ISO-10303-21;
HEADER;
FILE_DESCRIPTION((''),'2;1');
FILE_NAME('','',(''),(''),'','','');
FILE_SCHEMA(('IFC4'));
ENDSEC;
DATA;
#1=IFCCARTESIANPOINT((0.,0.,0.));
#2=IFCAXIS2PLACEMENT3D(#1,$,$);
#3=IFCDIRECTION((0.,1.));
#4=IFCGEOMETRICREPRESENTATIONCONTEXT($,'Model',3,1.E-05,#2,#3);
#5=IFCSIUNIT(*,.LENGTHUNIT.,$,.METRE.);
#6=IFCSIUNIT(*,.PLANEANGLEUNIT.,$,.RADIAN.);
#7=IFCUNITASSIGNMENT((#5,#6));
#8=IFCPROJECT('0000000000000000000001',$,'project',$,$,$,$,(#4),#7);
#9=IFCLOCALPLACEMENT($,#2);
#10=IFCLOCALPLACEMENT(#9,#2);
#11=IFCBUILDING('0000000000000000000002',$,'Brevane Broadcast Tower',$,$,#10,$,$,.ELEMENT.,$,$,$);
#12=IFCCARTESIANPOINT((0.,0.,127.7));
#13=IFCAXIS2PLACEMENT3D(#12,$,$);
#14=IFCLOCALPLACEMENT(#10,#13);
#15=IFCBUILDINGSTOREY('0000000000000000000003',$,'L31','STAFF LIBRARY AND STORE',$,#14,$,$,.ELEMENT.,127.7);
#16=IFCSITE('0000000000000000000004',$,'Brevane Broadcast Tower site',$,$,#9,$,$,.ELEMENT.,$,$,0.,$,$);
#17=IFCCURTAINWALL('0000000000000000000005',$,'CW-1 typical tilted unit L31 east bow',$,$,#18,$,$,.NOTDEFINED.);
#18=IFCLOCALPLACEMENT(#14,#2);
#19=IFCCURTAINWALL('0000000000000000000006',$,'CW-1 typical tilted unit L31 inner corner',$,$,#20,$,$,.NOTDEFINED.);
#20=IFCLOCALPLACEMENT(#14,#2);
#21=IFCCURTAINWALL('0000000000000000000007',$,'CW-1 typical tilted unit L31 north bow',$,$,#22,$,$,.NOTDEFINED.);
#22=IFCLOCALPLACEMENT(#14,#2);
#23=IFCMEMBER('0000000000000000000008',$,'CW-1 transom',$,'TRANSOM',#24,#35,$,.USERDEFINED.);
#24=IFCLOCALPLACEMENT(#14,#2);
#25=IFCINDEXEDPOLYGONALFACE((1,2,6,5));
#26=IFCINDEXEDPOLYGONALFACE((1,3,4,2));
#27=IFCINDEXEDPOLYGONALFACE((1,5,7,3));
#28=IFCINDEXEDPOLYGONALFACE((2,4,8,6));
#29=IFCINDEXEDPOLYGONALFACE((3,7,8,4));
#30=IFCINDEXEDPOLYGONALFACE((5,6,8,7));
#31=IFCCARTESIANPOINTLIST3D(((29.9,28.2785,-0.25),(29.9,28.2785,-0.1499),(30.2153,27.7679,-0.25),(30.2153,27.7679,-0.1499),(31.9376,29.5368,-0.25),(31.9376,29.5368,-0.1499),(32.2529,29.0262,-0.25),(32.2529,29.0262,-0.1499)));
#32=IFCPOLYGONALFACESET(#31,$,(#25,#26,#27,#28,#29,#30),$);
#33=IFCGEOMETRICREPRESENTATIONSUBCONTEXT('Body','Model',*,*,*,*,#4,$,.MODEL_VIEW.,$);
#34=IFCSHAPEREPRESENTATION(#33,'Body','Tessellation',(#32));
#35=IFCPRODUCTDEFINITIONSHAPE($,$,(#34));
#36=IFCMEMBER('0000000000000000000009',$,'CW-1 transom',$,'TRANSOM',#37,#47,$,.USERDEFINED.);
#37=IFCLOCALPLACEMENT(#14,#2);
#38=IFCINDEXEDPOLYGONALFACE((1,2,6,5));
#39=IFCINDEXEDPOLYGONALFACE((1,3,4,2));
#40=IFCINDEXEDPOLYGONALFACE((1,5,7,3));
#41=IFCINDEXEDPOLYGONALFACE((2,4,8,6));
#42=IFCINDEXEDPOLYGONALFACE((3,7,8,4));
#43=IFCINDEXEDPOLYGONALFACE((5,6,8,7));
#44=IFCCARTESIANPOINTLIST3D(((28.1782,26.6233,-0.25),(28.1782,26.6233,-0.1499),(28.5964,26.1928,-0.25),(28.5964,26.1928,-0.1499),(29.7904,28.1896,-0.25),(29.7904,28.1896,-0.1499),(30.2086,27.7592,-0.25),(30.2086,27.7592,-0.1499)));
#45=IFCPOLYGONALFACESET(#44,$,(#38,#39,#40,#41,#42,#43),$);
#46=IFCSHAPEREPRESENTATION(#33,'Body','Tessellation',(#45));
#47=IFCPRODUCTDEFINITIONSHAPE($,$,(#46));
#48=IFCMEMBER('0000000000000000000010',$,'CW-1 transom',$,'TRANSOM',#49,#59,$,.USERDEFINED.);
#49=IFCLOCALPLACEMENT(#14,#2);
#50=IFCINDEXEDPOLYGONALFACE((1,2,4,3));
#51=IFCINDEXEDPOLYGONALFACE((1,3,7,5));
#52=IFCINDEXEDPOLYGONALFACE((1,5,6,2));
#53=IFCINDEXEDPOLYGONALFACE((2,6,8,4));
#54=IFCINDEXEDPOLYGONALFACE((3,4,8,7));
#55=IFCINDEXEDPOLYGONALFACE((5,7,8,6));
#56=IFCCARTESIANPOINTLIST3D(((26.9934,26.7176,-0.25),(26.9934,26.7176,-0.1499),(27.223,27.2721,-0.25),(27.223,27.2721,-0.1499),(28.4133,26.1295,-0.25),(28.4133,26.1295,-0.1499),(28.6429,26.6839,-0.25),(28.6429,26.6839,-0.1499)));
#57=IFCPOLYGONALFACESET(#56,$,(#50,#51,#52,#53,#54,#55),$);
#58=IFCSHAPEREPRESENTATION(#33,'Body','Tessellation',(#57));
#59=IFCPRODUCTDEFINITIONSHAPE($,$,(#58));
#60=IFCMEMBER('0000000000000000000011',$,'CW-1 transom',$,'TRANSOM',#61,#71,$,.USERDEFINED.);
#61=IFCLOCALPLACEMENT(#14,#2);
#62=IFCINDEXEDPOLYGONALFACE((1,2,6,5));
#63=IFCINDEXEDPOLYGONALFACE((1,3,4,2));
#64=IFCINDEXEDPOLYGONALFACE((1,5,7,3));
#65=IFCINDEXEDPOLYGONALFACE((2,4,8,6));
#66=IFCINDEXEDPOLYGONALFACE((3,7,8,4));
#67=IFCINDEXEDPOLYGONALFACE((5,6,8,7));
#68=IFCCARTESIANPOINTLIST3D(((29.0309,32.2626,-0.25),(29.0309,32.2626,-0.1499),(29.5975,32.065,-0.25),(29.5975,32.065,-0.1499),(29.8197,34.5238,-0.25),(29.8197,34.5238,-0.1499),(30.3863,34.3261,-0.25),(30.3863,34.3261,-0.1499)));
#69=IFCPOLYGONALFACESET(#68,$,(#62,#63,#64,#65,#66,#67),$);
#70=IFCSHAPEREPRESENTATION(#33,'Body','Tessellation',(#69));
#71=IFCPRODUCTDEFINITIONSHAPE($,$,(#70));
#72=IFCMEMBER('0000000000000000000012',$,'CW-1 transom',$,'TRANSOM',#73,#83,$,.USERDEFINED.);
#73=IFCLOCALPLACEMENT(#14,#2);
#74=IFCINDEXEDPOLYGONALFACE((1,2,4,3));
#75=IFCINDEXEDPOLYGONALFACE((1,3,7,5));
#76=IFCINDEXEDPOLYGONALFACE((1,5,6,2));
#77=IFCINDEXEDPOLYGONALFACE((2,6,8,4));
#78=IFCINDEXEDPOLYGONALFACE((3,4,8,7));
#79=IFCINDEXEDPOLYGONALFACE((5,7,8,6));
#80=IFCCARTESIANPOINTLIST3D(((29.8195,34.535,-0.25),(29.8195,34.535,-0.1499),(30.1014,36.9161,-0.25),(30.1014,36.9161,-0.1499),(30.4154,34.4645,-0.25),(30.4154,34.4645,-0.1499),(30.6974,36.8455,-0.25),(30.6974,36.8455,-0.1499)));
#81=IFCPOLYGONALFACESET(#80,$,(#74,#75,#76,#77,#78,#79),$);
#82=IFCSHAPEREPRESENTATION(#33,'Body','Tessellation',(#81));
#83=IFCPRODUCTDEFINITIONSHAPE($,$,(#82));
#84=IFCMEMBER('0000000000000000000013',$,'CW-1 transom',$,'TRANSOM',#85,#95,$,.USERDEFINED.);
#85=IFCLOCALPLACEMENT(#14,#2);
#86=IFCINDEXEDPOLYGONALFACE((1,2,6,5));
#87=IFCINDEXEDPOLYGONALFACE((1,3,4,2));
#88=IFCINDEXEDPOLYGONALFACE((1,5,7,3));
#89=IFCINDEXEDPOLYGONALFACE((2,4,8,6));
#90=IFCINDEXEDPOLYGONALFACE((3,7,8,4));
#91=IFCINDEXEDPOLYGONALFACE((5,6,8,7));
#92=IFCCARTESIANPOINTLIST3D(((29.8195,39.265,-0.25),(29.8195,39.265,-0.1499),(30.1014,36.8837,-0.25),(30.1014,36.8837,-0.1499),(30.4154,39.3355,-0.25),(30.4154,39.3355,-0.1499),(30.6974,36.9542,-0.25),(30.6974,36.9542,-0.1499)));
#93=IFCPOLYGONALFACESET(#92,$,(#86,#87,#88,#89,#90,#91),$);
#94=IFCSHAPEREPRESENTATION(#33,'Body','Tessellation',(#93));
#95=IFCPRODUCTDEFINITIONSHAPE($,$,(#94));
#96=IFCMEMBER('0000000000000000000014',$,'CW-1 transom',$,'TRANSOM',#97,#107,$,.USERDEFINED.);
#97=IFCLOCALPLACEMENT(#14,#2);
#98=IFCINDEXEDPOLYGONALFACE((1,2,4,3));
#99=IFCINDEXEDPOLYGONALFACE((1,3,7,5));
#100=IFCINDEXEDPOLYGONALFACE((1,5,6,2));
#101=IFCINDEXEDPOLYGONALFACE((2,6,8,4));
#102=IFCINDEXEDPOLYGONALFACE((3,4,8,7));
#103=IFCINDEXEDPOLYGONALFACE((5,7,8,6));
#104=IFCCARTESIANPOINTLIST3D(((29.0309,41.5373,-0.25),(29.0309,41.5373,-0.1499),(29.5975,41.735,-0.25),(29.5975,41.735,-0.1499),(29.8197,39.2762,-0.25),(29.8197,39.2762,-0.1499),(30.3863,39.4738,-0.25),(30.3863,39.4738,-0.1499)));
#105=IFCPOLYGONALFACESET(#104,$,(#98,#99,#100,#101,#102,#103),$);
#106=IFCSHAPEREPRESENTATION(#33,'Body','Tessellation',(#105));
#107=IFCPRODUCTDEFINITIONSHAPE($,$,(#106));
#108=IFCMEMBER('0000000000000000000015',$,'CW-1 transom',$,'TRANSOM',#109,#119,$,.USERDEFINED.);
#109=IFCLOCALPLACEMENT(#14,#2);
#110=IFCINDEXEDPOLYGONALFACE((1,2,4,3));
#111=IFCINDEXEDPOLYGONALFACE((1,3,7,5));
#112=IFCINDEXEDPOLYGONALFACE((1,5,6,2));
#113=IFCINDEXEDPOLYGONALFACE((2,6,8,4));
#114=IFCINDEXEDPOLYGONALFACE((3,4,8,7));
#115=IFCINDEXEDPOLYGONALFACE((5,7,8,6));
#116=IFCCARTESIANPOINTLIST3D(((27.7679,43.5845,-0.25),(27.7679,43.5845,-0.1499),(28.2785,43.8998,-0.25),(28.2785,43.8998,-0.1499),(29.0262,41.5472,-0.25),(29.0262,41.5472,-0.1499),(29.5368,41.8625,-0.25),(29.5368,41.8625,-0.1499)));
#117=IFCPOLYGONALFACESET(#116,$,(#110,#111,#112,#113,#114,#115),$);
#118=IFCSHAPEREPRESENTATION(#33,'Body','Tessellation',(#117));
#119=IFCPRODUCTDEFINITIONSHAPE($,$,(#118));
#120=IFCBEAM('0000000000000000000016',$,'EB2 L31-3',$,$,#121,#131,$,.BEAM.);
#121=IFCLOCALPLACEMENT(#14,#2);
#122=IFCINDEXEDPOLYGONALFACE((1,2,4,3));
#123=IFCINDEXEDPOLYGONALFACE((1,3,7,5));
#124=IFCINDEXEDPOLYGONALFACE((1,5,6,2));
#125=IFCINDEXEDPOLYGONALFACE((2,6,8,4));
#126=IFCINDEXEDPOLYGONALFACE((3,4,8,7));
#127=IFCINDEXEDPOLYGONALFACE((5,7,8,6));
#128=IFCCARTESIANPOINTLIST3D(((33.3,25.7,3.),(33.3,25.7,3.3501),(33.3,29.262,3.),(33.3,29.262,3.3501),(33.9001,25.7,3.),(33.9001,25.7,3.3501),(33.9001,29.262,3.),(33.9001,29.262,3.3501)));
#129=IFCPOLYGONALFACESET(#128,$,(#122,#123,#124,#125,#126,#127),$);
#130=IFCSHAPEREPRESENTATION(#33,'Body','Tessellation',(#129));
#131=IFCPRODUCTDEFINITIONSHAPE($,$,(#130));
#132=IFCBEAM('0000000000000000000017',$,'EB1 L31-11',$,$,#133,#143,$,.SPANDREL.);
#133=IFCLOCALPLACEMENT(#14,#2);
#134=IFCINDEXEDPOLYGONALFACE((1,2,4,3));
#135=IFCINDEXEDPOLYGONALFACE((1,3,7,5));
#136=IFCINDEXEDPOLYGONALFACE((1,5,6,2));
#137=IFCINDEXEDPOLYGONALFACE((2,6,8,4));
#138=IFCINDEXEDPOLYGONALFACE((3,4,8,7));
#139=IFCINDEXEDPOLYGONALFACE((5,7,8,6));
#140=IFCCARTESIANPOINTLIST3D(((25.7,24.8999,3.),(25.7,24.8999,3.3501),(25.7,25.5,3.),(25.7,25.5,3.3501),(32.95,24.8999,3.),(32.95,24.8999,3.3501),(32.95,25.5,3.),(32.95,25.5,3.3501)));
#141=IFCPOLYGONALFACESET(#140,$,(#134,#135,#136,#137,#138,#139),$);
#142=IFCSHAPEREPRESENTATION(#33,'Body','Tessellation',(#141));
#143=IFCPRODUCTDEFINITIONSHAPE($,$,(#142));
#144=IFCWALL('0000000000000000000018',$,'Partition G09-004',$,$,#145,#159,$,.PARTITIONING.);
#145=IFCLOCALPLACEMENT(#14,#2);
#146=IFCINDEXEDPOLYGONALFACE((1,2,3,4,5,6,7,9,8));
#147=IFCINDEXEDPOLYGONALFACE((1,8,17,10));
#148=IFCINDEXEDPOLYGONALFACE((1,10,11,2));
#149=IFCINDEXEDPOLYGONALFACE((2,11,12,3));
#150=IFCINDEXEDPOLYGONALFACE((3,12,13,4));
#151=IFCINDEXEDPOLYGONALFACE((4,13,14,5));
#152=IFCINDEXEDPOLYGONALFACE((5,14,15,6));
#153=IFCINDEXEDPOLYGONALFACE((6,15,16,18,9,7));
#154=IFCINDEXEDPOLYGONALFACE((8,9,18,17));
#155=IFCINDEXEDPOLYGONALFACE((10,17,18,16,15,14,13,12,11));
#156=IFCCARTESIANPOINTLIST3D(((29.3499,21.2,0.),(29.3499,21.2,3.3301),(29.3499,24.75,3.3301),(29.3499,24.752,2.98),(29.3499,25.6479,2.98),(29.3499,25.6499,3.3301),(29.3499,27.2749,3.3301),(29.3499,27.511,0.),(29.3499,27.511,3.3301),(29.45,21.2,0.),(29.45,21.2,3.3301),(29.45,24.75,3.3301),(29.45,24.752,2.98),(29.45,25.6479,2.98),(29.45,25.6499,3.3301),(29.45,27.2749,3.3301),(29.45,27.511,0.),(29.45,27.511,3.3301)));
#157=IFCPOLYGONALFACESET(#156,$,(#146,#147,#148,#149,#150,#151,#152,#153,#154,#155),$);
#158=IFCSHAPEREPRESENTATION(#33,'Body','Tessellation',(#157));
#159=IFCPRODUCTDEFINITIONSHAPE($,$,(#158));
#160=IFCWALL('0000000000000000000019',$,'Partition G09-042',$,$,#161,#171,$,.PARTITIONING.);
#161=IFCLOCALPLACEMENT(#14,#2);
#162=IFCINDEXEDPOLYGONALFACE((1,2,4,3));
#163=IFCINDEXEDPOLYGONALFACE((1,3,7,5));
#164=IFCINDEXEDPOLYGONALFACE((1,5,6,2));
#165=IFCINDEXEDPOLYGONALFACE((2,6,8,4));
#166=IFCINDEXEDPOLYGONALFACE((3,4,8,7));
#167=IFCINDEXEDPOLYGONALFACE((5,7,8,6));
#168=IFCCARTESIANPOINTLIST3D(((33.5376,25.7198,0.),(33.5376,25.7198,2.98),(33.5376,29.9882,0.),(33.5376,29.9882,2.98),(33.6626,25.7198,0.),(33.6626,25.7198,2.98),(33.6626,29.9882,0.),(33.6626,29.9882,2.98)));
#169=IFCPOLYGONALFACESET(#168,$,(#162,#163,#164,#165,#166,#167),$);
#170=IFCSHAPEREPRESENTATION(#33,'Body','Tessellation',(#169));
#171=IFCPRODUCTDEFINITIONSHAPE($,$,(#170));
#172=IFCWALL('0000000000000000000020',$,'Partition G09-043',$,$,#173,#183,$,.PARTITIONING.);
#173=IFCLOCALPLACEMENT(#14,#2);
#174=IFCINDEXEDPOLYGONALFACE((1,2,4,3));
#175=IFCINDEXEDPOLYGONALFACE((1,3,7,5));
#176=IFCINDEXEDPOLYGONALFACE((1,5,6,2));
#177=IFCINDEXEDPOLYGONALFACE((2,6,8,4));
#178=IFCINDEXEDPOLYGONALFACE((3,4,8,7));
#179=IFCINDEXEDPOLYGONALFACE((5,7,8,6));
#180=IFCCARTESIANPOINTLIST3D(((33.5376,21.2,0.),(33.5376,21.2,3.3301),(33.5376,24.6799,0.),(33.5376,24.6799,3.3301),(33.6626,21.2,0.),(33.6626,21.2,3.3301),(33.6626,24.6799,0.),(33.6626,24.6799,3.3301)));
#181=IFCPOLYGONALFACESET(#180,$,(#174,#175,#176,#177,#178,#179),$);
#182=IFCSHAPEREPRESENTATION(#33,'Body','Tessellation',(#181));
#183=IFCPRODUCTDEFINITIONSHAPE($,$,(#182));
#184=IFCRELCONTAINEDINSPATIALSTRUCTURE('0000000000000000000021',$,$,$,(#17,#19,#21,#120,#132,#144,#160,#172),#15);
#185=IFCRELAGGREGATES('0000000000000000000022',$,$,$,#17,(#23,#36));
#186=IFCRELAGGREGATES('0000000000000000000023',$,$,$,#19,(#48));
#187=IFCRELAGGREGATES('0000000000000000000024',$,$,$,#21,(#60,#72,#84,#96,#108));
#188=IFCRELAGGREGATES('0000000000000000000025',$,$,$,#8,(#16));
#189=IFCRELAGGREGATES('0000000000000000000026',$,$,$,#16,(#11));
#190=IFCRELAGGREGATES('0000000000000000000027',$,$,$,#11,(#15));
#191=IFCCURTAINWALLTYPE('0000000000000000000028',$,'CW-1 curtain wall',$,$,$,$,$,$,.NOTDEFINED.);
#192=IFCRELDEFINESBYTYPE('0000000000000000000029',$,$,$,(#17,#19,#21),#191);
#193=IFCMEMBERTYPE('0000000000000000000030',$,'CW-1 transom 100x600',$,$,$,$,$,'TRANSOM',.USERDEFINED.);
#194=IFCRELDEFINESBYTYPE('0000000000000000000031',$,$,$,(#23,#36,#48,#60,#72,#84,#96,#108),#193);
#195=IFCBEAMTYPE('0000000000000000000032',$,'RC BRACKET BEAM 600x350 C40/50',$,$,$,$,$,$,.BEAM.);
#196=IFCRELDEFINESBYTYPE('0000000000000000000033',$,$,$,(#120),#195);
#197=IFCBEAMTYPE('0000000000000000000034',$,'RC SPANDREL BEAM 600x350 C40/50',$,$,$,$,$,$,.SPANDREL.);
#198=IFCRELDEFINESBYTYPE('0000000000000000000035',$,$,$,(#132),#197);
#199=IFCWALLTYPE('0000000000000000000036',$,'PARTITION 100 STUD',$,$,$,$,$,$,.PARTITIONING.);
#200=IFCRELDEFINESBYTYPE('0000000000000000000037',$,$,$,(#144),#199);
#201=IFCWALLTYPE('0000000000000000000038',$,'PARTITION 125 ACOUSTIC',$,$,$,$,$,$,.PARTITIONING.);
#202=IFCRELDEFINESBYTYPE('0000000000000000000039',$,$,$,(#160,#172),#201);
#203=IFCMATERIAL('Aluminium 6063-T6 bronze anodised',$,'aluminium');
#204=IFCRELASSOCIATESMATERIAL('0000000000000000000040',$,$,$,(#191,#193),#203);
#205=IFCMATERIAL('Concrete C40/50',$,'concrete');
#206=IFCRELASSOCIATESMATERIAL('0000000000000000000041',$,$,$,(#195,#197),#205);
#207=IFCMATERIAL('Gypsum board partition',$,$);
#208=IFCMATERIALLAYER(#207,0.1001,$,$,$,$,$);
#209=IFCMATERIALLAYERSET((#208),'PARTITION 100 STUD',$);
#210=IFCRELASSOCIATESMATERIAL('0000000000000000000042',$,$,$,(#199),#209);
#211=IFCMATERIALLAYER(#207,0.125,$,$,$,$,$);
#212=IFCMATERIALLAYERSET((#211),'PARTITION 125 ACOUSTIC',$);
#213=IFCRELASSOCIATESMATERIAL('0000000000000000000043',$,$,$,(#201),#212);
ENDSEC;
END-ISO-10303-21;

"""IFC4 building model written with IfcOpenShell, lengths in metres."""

from ifc_helpers import new_model, si_unit, direction, frame, frame_2d, origin, origin_2d, place, context, subcontext, project, spatial, polyline, rectangle, outline, extrude, material, layer, layer_set, material_profile, profile_set, type_object, element, aggregate, save


model = new_model("IFC4")

# Units and contexts
model_context = context("Model", 3, precision=1e-05, world=origin(), true_north=direction((0.0, 1.0)))
body_context = subcontext(model_context, "Body", "Model", "MODEL_VIEW")
ifc_project = project(units=[si_unit("LENGTHUNIT", "METRE"), si_unit("PLANEANGLEUNIT", "RADIAN")], contexts=[model_context])

# Site, building, storey
site_placement = place(None, origin())
site = spatial("IfcSite", under=ifc_project, at=site_placement, Name="Brevane Broadcast Tower site", CompositionType="ELEMENT", RefElevation=0.0)
building_placement = place(site_placement, origin())
building = spatial("IfcBuilding", under=site, at=building_placement, Name="Brevane Broadcast Tower", CompositionType="ELEMENT")
storey_placement = place(building_placement, frame((0.0, 0.0, 127.7)))
storey = spatial("IfcBuildingStorey", under=building, at=storey_placement, Name="L31", Description="STAFF LIBRARY AND STORE", CompositionType="ELEMENT", Elevation=127.7)

# Curtain wall
ifc_material_1 = material(Name="Aluminium 6063-T6 bronze anodised", Category="aluminium")
curtain_wall_type = type_object("IfcCurtainWallType", Name="CW-1 curtain wall", PredefinedType="NOTDEFINED", material=ifc_material_1)
curtain_wall_1_placement = place(storey_placement, origin())
curtain_wall_1 = element("IfcCurtainWall", 1, at=curtain_wall_1_placement, inside=storey, type_object=curtain_wall_type, Name="CW-1 typical tilted unit L31 east bow", PredefinedType="NOTDEFINED")

# Curtain wall
curtain_wall_2_placement = place(storey_placement, origin())
curtain_wall_2 = element("IfcCurtainWall", 2, at=curtain_wall_2_placement, inside=storey, type_object=curtain_wall_type, Name="CW-1 typical tilted unit L31 inner corner", PredefinedType="NOTDEFINED")

# Curtain wall
curtain_wall_3_placement = place(storey_placement, origin())
curtain_wall_3 = element("IfcCurtainWall", 3, at=curtain_wall_3_placement, inside=storey, type_object=curtain_wall_type, Name="CW-1 typical tilted unit L31 north bow", PredefinedType="NOTDEFINED")

# Members
ifc_material_profile_1 = material_profile(ifc_material_1, rectangle(XDim=0.6001, YDim=0.1001, at=origin_2d()), Name="RECT 100x600")
ifc_profile_set_1 = profile_set([ifc_material_profile_1], Name="Aluminium 6063-T6 bronze anodised")
member_type_1 = type_object("IfcMemberType", Name="CW-1 transom 100x600", ElementType="TRANSOM", PredefinedType="USERDEFINED", material=ifc_profile_set_1)
member_1_placement = place(storey_placement, frame((32.0952, 29.2815, -0.2), z_axis=(-0.850838, -0.525428, 0.0), x_axis=(0.525428, -0.850838, 0.0)))
member_1 = element("IfcMember", 4, at=member_1_placement, type_object=member_type_1, Name="CW-1 transom", ObjectType="TRANSOM", PredefinedType="USERDEFINED", context=body_context, shape_type="SweptSolid", body=[
    extrude(rectangle(XDim=0.6001, YDim=0.1001, at=origin_2d()), origin(), (0.0, 0.0, 1.0), 2.3948),
])
member_2_placement = place(storey_placement, frame((29.9995, 27.9744, -0.2), z_axis=(-0.717242, -0.696824, 0.0), x_axis=(0.696824, -0.717242, 0.0)))
member_2 = element("IfcMember", 5, at=member_2_placement, type_object=member_type_1, Name="CW-1 transom", ObjectType="TRANSOM", PredefinedType="USERDEFINED", context=body_context, shape_type="SweptSolid", body=[
    extrude(rectangle(XDim=0.6001, YDim=0.1001, at=origin_2d()), origin(), (0.0, 0.0, 1.0), 2.2478),
])
aggregate(curtain_wall_1, [member_1, member_2])
member_3_placement = place(storey_placement, frame((28.5281, 26.4067, -0.2), z_axis=(-0.923883, 0.382674, 0.0), x_axis=(-0.382674, -0.923883, 0.0)))
member_3 = element("IfcMember", 6, at=member_3_placement, type_object=member_type_1, Name="CW-1 transom", ObjectType="TRANSOM", PredefinedType="USERDEFINED", context=body_context, shape_type="SweptSolid", body=[
    extrude(rectangle(XDim=0.6001, YDim=0.1001, at=origin_2d()), origin(), (0.0, 0.0, 1.0), 1.5369),
])
aggregate(curtain_wall_2, [member_3])
member_4_placement = place(storey_placement, frame((29.3142, 32.1638, -0.2), z_axis=(0.329378, 0.944198, 0.0), x_axis=(-0.944198, 0.329378, 0.0)))
member_4 = element("IfcMember", 7, at=member_4_placement, type_object=member_type_1, Name="CW-1 transom", ObjectType="TRANSOM", PredefinedType="USERDEFINED", context=body_context, shape_type="SweptSolid", body=[
    extrude(rectangle(XDim=0.6001, YDim=0.1001, at=origin_2d()), origin(), (0.0, 0.0, 1.0), 2.3948),
])
member_5_placement = place(storey_placement, frame((30.1174, 34.4998, -0.2), z_axis=(0.117603, 0.993061, 0.0), x_axis=(-0.993061, 0.117603, 0.0)))
member_5 = element("IfcMember", 8, at=member_5_placement, type_object=member_type_1, Name="CW-1 transom", ObjectType="TRANSOM", PredefinedType="USERDEFINED", context=body_context, shape_type="SweptSolid", body=[
    extrude(rectangle(XDim=0.6001, YDim=0.1001, at=origin_2d()), origin(), (0.0, 0.0, 1.0), 2.3977),
])
member_6_placement = place(storey_placement, frame((30.3994, 36.9189, -0.2), z_axis=(-0.117591, 0.993062, 0.0), x_axis=(-0.993062, -0.117591, 0.0)))
member_6 = element("IfcMember", 9, at=member_6_placement, type_object=member_type_1, Name="CW-1 transom", ObjectType="TRANSOM", PredefinedType="USERDEFINED", context=body_context, shape_type="SweptSolid", body=[
    extrude(rectangle(XDim=0.6001, YDim=0.1001, at=origin_2d()), origin(), (0.0, 0.0, 1.0), 2.3979),
])
member_7_placement = place(storey_placement, frame((30.103, 39.375, -0.2), z_axis=(-0.329378, 0.944198, 0.0), x_axis=(-0.944198, -0.329378, 0.0)))
member_7 = element("IfcMember", 10, at=member_7_placement, type_object=member_type_1, Name="CW-1 transom", ObjectType="TRANSOM", PredefinedType="USERDEFINED", context=body_context, shape_type="SweptSolid", body=[
    extrude(rectangle(XDim=0.6001, YDim=0.1001, at=origin_2d()), origin(), (0.0, 0.0, 1.0), 2.3948),
])
member_8_placement = place(storey_placement, frame((29.2815, 41.7048, -0.2), z_axis=(-0.525473, 0.85081, 0.0), x_axis=(-0.85081, -0.525473, 0.0)))
member_8 = element("IfcMember", 11, at=member_8_placement, type_object=member_type_1, Name="CW-1 transom", ObjectType="TRANSOM", PredefinedType="USERDEFINED", context=body_context, shape_type="SweptSolid", body=[
    extrude(rectangle(XDim=0.6001, YDim=0.1001, at=origin_2d()), origin(), (0.0, 0.0, 1.0), 2.3945),
])
aggregate(curtain_wall_3, [member_4, member_5, member_6, member_7, member_8])

# Beams
ifc_material_2 = material(Name="Concrete C40/50", Category="concrete")
ifc_material_profile_2 = material_profile(ifc_material_2, rectangle(XDim=0.6001, YDim=0.3501, at=origin_2d()), Name="RC 600x350")
ifc_profile_set_2 = profile_set([ifc_material_profile_2], Name="Concrete C40/50")
beam_type_1 = type_object("IfcBeamType", Name="RC BRACKET BEAM 600x350 C40/50", PredefinedType="BEAM", material=ifc_profile_set_2)
beam_1_placement = place(storey_placement, frame((33.6001, 25.7, 3.175), z_axis=(0.0, 1.0, 0.0), x_axis=(-1.0, 0.0, 0.0)))
element("IfcBeam", 12, at=beam_1_placement, inside=storey, type_object=beam_type_1, Name="EB2 L31-3", PredefinedType="BEAM", context=body_context, shape_type="SweptSolid", body=[
    extrude(rectangle(XDim=0.6001, YDim=0.3501, at=origin_2d()), origin(), (0.0, 0.0, 1.0), 3.562),
])
ifc_material_profile_3 = material_profile(ifc_material_2, rectangle(XDim=0.6001, YDim=0.3501, at=origin_2d()), Name="RC 600x350")
ifc_profile_set_3 = profile_set([ifc_material_profile_3], Name="Concrete C40/50")
beam_type_2 = type_object("IfcBeamType", Name="RC SPANDREL BEAM 600x350 C40/50", PredefinedType="SPANDREL", material=ifc_profile_set_3)
beam_2_placement = place(storey_placement, frame((32.95, 25.2, 3.175), z_axis=(-1.0, 0.0, 0.0), x_axis=(0.0, -1.0, 0.0)))
element("IfcBeam", 13, at=beam_2_placement, inside=storey, type_object=beam_type_2, Name="EB1 L31-11", PredefinedType="SPANDREL", context=body_context, shape_type="SweptSolid", body=[
    extrude(rectangle(XDim=0.6001, YDim=0.3501, at=origin_2d()), origin(), (0.0, 0.0, 1.0), 7.25),
])

# Walls
ifc_material_3 = material(Name="Gypsum board partition")
ifc_layer_1 = layer(ifc_material_3, 0.1001)
ifc_layer_set_1 = layer_set([ifc_layer_1], Name="PARTITION 100 STUD")
wall_type_1 = type_object("IfcWallType", Name="PARTITION 100 STUD", PredefinedType="PARTITIONING", material=ifc_layer_set_1)
wall_1_placement = place(storey_placement, frame((29.3999, 27.511, 0.0), z_axis=(0.0, 0.0, 1.0), x_axis=(0.0, -1.0, 0.0)))
element("IfcWall", 14, at=wall_1_placement, inside=storey, type_object=wall_type_1, Name="Partition G09-004", PredefinedType="PARTITIONING", context=body_context, shape_type="SweptSolid", body=[
    extrude(outline(polyline([(0.0, 0.0), (6.311, 0.0), (6.311, 3.3301), (2.761, 3.3301), (2.759, 2.98), (1.863, 2.98), (1.8611, 3.3301), (0.2361, 3.3301), (0.0, 3.3301), (0.0, 0.0)])), frame((0.0, 0.05, 0.0), z_axis=(0.0, -1.0, 0.0), x_axis=(1.0, 0.0, 0.0)), (0.0, 0.0, 1.0), 0.1001),
])
ifc_layer_2 = layer(ifc_material_3, 0.125)
ifc_layer_set_2 = layer_set([ifc_layer_2], Name="PARTITION 125 ACOUSTIC")
wall_type_2 = type_object("IfcWallType", Name="PARTITION 125 ACOUSTIC", PredefinedType="PARTITIONING", material=ifc_layer_set_2)
wall_2_placement = place(storey_placement, frame((33.6001, 29.9883, 0.0), z_axis=(0.0, 0.0, 1.0), x_axis=(0.0, -1.0, 0.0)))
element("IfcWall", 15, at=wall_2_placement, inside=storey, type_object=wall_type_2, Name="Partition G09-042", PredefinedType="PARTITIONING", context=body_context, shape_type="SweptSolid", body=[
    extrude(rectangle(XDim=4.2683, YDim=0.125, at=frame_2d((2.1343, 0.0))), origin(), (0.0, 0.0, 1.0), 2.98),
])
wall_3_placement = place(storey_placement, frame((33.6001, 24.6799, 0.0), z_axis=(0.0, 0.0, 1.0), x_axis=(0.0, -1.0, 0.0)))
element("IfcWall", 16, at=wall_3_placement, inside=storey, type_object=wall_type_2, Name="Partition G09-043", PredefinedType="PARTITIONING", context=body_context, shape_type="SweptSolid", body=[
    extrude(rectangle(XDim=3.48, YDim=0.125, at=frame_2d((1.74, 0.0))), origin(), (0.0, 0.0, 1.0), 3.3301),
])

save(model, "model.ifc")
